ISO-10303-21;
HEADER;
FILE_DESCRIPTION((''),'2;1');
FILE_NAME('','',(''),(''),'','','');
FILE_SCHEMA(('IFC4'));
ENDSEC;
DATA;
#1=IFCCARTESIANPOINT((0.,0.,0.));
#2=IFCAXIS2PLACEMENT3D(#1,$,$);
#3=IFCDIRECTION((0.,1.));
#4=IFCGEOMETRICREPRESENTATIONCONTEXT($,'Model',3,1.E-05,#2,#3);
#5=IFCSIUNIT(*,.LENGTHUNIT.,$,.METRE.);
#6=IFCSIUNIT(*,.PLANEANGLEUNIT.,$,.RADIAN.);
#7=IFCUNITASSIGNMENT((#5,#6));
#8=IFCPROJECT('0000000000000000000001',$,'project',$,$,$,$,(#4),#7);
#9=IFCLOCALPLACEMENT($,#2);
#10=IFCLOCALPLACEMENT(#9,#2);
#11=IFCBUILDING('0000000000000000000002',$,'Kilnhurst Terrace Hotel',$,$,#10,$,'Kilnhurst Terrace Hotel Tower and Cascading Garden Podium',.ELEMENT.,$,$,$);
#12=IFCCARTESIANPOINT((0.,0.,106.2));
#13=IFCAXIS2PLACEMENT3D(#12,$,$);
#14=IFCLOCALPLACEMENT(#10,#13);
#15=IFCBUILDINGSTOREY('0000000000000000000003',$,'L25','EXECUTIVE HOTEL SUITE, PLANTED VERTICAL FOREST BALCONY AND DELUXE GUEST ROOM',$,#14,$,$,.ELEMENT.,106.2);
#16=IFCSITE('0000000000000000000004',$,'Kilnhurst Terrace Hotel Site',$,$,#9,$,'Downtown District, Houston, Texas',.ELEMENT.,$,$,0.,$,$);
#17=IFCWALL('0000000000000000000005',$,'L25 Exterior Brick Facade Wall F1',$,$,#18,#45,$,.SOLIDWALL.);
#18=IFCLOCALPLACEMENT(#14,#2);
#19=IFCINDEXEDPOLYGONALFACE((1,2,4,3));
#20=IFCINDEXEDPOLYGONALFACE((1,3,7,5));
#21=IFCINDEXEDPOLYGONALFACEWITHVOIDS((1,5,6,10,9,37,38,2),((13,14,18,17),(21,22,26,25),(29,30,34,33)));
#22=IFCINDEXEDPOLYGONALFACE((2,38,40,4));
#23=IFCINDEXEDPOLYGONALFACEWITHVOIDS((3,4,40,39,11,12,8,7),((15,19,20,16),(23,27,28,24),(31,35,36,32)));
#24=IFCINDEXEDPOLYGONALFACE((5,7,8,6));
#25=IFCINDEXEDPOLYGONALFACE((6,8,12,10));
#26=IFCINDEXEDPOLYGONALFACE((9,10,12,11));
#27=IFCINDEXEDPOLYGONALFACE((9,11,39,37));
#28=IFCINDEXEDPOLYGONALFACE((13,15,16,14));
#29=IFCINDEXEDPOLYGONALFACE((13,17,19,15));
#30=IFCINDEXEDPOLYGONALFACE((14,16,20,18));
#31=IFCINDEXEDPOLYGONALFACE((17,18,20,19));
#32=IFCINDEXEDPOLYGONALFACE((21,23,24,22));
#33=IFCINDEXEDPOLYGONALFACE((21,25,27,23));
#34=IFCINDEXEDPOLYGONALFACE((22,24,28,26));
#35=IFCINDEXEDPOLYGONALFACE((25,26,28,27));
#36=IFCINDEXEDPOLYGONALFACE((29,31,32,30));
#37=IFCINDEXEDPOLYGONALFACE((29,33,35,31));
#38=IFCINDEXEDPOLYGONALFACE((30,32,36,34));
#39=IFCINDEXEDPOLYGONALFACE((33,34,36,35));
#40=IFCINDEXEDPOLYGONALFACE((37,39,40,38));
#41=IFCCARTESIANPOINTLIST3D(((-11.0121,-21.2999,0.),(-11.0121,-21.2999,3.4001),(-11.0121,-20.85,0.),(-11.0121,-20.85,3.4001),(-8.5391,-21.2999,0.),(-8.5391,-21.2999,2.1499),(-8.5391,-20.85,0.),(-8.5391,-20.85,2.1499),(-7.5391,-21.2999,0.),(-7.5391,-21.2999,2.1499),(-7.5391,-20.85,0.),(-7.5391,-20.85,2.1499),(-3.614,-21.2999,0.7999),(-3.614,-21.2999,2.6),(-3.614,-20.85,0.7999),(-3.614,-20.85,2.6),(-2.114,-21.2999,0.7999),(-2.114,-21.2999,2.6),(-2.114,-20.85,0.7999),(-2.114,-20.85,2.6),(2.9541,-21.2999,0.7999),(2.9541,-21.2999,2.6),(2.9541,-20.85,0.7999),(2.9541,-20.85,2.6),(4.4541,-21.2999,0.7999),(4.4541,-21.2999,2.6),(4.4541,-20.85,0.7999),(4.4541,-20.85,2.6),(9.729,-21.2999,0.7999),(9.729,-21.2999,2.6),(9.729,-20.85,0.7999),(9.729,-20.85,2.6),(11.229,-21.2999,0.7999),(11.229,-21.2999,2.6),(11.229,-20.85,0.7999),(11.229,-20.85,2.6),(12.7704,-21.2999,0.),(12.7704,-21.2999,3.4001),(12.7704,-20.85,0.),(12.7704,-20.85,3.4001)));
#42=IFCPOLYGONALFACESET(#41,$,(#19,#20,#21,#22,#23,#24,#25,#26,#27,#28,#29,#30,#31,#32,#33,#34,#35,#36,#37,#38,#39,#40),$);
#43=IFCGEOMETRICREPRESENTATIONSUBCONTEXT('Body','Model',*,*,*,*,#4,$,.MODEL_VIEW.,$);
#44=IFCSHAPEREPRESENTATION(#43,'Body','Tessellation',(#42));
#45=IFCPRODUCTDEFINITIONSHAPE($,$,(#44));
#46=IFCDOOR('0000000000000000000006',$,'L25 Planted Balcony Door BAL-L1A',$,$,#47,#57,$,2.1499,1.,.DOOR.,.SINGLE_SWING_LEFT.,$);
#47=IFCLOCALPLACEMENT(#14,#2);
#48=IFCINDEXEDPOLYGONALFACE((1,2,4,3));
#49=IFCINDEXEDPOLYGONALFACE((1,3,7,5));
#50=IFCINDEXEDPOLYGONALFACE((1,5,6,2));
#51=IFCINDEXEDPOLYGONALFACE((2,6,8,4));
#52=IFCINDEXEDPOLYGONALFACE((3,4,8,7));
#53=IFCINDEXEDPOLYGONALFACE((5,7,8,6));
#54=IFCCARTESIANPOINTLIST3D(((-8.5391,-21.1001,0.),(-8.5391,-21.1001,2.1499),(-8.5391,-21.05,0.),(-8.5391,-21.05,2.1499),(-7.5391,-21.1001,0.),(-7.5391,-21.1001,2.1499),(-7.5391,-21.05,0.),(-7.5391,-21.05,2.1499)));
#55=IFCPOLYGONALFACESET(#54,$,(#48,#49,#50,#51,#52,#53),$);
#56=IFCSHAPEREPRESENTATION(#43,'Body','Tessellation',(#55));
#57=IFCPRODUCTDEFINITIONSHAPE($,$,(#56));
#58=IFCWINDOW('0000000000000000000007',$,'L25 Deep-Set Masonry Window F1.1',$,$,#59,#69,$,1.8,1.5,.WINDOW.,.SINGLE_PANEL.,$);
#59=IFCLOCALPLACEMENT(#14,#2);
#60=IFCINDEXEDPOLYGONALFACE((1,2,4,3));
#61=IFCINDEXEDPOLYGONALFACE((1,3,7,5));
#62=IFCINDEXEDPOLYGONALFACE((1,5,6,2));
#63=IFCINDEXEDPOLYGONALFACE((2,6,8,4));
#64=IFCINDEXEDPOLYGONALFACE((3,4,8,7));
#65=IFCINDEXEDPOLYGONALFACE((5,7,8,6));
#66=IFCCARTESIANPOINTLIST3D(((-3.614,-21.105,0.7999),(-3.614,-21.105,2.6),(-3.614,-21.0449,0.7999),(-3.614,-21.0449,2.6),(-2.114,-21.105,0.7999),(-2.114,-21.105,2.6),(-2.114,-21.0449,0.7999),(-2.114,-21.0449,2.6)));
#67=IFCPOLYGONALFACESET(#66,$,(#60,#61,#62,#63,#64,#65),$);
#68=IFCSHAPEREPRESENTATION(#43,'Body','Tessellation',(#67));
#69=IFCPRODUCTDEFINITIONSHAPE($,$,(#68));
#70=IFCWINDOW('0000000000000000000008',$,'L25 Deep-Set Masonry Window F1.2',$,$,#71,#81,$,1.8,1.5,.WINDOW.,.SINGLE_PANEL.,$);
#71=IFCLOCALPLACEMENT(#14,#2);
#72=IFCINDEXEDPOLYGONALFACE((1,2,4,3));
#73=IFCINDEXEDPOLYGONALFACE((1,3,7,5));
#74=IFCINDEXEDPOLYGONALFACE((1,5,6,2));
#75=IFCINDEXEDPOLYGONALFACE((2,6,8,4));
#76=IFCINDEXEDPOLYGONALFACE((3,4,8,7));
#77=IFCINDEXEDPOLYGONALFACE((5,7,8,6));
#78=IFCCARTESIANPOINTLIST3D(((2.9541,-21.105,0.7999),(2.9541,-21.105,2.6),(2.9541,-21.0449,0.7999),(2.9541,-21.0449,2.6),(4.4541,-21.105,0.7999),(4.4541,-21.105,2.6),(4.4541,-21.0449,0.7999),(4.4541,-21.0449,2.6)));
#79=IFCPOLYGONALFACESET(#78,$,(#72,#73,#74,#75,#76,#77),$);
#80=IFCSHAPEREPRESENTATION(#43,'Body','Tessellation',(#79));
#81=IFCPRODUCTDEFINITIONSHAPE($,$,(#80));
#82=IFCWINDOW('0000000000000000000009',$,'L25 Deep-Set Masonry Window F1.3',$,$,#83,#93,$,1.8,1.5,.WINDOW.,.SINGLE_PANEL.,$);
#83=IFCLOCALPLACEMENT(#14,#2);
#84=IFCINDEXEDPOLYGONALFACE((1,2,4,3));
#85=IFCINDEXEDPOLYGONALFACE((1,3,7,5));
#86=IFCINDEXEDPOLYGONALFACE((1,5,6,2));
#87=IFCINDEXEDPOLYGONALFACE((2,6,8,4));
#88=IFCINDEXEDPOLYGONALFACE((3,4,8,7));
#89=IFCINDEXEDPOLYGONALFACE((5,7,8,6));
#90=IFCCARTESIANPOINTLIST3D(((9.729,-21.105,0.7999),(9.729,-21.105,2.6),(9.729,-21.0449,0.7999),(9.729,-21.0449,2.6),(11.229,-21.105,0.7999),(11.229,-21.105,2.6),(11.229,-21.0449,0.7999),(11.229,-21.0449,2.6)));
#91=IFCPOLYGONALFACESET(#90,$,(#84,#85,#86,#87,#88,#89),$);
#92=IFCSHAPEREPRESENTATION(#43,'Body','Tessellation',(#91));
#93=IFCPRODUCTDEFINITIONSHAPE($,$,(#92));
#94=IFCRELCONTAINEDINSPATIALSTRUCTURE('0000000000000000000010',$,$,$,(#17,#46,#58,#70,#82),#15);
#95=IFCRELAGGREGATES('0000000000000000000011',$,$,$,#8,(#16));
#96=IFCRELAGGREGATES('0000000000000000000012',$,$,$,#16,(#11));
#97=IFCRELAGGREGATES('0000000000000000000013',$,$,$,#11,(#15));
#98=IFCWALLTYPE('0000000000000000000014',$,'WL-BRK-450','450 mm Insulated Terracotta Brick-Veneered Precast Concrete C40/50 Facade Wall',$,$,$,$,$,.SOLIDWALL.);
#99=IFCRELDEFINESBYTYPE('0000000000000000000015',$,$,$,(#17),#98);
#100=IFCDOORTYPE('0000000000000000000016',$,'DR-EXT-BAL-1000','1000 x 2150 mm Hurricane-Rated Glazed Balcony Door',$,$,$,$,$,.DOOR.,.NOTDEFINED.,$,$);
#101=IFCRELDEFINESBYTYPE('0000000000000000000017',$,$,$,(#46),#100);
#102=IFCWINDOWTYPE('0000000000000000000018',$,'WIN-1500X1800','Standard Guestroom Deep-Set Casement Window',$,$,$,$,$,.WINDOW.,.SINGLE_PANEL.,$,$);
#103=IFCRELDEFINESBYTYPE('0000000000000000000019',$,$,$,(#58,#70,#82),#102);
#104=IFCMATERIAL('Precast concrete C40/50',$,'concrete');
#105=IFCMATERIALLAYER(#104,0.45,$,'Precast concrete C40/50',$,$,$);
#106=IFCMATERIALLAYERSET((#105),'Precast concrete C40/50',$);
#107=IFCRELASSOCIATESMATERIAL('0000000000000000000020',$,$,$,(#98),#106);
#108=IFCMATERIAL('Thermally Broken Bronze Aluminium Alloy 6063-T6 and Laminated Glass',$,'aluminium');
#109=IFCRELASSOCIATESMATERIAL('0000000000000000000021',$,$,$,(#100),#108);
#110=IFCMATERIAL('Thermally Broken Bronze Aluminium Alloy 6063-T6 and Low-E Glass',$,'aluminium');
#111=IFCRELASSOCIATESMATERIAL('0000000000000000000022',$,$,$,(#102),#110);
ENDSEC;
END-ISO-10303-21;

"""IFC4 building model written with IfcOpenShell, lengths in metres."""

from ifc_helpers import new_model, si_unit, direction, frame, frame_2d, origin, place, context, subcontext, project, spatial, rectangle, extrude, material, layer, layer_set, type_object, element, fill, save


model = new_model("IFC4")

# Units and contexts
model_context = context("Model", 3, precision=1e-05, world=origin(), true_north=direction((0.0, 1.0)))
body_context = subcontext(model_context, "Body", "Model", "MODEL_VIEW")
ifc_project = project(units=[si_unit("LENGTHUNIT", "METRE"), si_unit("PLANEANGLEUNIT", "RADIAN")], contexts=[model_context])

# Site, building, storey
site_placement = place(None, origin())
site = spatial("IfcSite", under=ifc_project, at=site_placement, Name="Kilnhurst Terrace Hotel Site", LongName="Downtown District, Houston, Texas", CompositionType="ELEMENT", RefElevation=0.0)
building_placement = place(site_placement, origin())
building = spatial("IfcBuilding", under=site, at=building_placement, Name="Kilnhurst Terrace Hotel", LongName="Kilnhurst Terrace Hotel Tower and Cascading Garden Podium", CompositionType="ELEMENT")
storey_placement = place(building_placement, frame((0.0, 0.0, 106.2)))
storey = spatial("IfcBuildingStorey", under=building, at=storey_placement, Name="L25", Description="EXECUTIVE HOTEL SUITE, PLANTED VERTICAL FOREST BALCONY AND DELUXE GUEST ROOM", CompositionType="ELEMENT", Elevation=106.2)

# Shared definitions
ifc_material_1 = material(Name="Precast concrete C40/50", Category="concrete")
ifc_layer_1 = layer(ifc_material_1, 0.45, Name="Precast concrete C40/50")
ifc_layer_set_1 = layer_set([ifc_layer_1], Name="Precast concrete C40/50")
wall_type_1 = type_object("IfcWallType", Name="WL-BRK-450", Description="450 mm Insulated Terracotta Brick-Veneered Precast Concrete C40/50 Facade Wall", PredefinedType="SOLIDWALL", material=ifc_layer_set_1)

# Wall, openings, door, windows
wall_1_placement = place(storey_placement, frame((-11.012, -21.075, 0.0), z_axis=(0.0, 0.0, 1.0), x_axis=(1.0, 0.0, 0.0)))
wall_1 = element("IfcWall", 1, at=wall_1_placement, inside=storey, type_object=wall_type_1, Name="L25 Exterior Brick Facade Wall F1", PredefinedType="SOLIDWALL", context=body_context, shape_type="SweptSolid", body=[
    extrude(rectangle(XDim=23.7825, YDim=0.45, at=frame_2d((11.8911, 0.0))), origin(), (0.0, 0.0, 1.0), 3.4001),
])
opening_1_placement = place(wall_1_placement, frame((2.4729, 0.0, 0.0)))
opening_1 = element("IfcOpeningElement", 2, at=opening_1_placement, cuts=wall_1, PredefinedType="OPENING", context=body_context, shape_type="SweptSolid", body=[
    extrude(rectangle(XDim=1.0, YDim=2.1499, at=frame_2d((0.5, 1.075))), frame((0.0, 0.2349, 0.0), z_axis=(0.0, -1.0, 0.0), x_axis=(1.0, 0.0, 0.0)), (0.0, 0.0, 1.0), 0.47),
])
opening_2_placement = place(wall_1_placement, frame((7.3979, 0.0, 0.8)))
opening_2 = element("IfcOpeningElement", 3, at=opening_2_placement, cuts=wall_1, PredefinedType="OPENING", context=body_context, shape_type="SweptSolid", body=[
    extrude(rectangle(XDim=1.5, YDim=1.8, at=frame_2d((0.75, 0.8999))), frame((0.0, 0.2349, 0.0), z_axis=(0.0, -1.0, 0.0), x_axis=(1.0, 0.0, 0.0)), (0.0, 0.0, 1.0), 0.47),
])
opening_3_placement = place(wall_1_placement, frame((13.9661, 0.0, 0.8)))
opening_3 = element("IfcOpeningElement", 4, at=opening_3_placement, cuts=wall_1, PredefinedType="OPENING", context=body_context, shape_type="SweptSolid", body=[
    extrude(rectangle(XDim=1.5, YDim=1.8, at=frame_2d((0.75, 0.8999))), frame((0.0, 0.2349, 0.0), z_axis=(0.0, -1.0, 0.0), x_axis=(1.0, 0.0, 0.0)), (0.0, 0.0, 1.0), 0.47),
])
opening_4_placement = place(wall_1_placement, frame((20.741, 0.0, 0.8)))
opening_4 = element("IfcOpeningElement", 5, at=opening_4_placement, cuts=wall_1, PredefinedType="OPENING", context=body_context, shape_type="SweptSolid", body=[
    extrude(rectangle(XDim=1.5, YDim=1.8, at=frame_2d((0.75, 0.8999))), frame((0.0, 0.2349, 0.0), z_axis=(0.0, -1.0, 0.0), x_axis=(1.0, 0.0, 0.0)), (0.0, 0.0, 1.0), 0.47),
])
ifc_material_2 = material(Name="Thermally Broken Bronze Aluminium Alloy 6063-T6 and Laminated Glass", Category="aluminium")
door_type_1 = type_object("IfcDoorType", Name="DR-EXT-BAL-1000", Description="1000 x 2150 mm Hurricane-Rated Glazed Balcony Door", OperationType="NOTDEFINED", PredefinedType="DOOR", material=ifc_material_2)
door_1_placement = place(opening_1_placement, origin())
door_1 = element("IfcDoor", 6, at=door_1_placement, inside=storey, type_object=door_type_1, Name="L25 Planted Balcony Door BAL-L1A", OperationType="SINGLE_SWING_LEFT", OverallHeight=2.1499, OverallWidth=1.0, PredefinedType="DOOR", context=body_context, shape_type="SweptSolid", body=[
    extrude(rectangle(XDim=1.0, YDim=2.1499, at=frame_2d((0.5, 1.075))), frame((0.0, 0.0249, 0.0), z_axis=(0.0, -1.0, 0.0), x_axis=(1.0, 0.0, 0.0)), (0.0, 0.0, 1.0), 0.05),
])
fill(opening_1, door_1)
ifc_material_3 = material(Name="Thermally Broken Bronze Aluminium Alloy 6063-T6 and Low-E Glass", Category="aluminium")
window_type = type_object("IfcWindowType", Name="WIN-1500X1800", Description="Standard Guestroom Deep-Set Casement Window", PartitioningType="SINGLE_PANEL", PredefinedType="WINDOW", material=ifc_material_3)
window_1_placement = place(opening_2_placement, origin())
window_1 = element("IfcWindow", 7, at=window_1_placement, inside=storey, type_object=window_type, Name="L25 Deep-Set Masonry Window F1.1", OverallHeight=1.8, OverallWidth=1.5, PartitioningType="SINGLE_PANEL", PredefinedType="WINDOW", context=body_context, shape_type="SweptSolid", body=[
    extrude(rectangle(XDim=1.5, YDim=1.8, at=frame_2d((0.75, 0.8999))), frame((0.0, 0.03, 0.0), z_axis=(0.0, -1.0, 0.0), x_axis=(1.0, 0.0, 0.0)), (0.0, 0.0, 1.0), 0.0601),
])
fill(opening_2, window_1)
window_2_placement = place(opening_3_placement, origin())
window_2 = element("IfcWindow", 8, at=window_2_placement, inside=storey, type_object=window_type, Name="L25 Deep-Set Masonry Window F1.2", OverallHeight=1.8, OverallWidth=1.5, PartitioningType="SINGLE_PANEL", PredefinedType="WINDOW", context=body_context, shape_type="SweptSolid", body=[
    extrude(rectangle(XDim=1.5, YDim=1.8, at=frame_2d((0.75, 0.8999))), frame((0.0, 0.03, 0.0), z_axis=(0.0, -1.0, 0.0), x_axis=(1.0, 0.0, 0.0)), (0.0, 0.0, 1.0), 0.0601),
])
fill(opening_3, window_2)
window_3_placement = place(opening_4_placement, origin())
window_3 = element("IfcWindow", 9, at=window_3_placement, inside=storey, type_object=window_type, Name="L25 Deep-Set Masonry Window F1.3", OverallHeight=1.8, OverallWidth=1.5, PartitioningType="SINGLE_PANEL", PredefinedType="WINDOW", context=body_context, shape_type="SweptSolid", body=[
    extrude(rectangle(XDim=1.5, YDim=1.8, at=frame_2d((0.75, 0.8999))), frame((0.0, 0.03, 0.0), z_axis=(0.0, -1.0, 0.0), x_axis=(1.0, 0.0, 0.0)), (0.0, 0.0, 1.0), 0.0601),
])
fill(opening_4, window_3)

save(model, "model.ifc")
